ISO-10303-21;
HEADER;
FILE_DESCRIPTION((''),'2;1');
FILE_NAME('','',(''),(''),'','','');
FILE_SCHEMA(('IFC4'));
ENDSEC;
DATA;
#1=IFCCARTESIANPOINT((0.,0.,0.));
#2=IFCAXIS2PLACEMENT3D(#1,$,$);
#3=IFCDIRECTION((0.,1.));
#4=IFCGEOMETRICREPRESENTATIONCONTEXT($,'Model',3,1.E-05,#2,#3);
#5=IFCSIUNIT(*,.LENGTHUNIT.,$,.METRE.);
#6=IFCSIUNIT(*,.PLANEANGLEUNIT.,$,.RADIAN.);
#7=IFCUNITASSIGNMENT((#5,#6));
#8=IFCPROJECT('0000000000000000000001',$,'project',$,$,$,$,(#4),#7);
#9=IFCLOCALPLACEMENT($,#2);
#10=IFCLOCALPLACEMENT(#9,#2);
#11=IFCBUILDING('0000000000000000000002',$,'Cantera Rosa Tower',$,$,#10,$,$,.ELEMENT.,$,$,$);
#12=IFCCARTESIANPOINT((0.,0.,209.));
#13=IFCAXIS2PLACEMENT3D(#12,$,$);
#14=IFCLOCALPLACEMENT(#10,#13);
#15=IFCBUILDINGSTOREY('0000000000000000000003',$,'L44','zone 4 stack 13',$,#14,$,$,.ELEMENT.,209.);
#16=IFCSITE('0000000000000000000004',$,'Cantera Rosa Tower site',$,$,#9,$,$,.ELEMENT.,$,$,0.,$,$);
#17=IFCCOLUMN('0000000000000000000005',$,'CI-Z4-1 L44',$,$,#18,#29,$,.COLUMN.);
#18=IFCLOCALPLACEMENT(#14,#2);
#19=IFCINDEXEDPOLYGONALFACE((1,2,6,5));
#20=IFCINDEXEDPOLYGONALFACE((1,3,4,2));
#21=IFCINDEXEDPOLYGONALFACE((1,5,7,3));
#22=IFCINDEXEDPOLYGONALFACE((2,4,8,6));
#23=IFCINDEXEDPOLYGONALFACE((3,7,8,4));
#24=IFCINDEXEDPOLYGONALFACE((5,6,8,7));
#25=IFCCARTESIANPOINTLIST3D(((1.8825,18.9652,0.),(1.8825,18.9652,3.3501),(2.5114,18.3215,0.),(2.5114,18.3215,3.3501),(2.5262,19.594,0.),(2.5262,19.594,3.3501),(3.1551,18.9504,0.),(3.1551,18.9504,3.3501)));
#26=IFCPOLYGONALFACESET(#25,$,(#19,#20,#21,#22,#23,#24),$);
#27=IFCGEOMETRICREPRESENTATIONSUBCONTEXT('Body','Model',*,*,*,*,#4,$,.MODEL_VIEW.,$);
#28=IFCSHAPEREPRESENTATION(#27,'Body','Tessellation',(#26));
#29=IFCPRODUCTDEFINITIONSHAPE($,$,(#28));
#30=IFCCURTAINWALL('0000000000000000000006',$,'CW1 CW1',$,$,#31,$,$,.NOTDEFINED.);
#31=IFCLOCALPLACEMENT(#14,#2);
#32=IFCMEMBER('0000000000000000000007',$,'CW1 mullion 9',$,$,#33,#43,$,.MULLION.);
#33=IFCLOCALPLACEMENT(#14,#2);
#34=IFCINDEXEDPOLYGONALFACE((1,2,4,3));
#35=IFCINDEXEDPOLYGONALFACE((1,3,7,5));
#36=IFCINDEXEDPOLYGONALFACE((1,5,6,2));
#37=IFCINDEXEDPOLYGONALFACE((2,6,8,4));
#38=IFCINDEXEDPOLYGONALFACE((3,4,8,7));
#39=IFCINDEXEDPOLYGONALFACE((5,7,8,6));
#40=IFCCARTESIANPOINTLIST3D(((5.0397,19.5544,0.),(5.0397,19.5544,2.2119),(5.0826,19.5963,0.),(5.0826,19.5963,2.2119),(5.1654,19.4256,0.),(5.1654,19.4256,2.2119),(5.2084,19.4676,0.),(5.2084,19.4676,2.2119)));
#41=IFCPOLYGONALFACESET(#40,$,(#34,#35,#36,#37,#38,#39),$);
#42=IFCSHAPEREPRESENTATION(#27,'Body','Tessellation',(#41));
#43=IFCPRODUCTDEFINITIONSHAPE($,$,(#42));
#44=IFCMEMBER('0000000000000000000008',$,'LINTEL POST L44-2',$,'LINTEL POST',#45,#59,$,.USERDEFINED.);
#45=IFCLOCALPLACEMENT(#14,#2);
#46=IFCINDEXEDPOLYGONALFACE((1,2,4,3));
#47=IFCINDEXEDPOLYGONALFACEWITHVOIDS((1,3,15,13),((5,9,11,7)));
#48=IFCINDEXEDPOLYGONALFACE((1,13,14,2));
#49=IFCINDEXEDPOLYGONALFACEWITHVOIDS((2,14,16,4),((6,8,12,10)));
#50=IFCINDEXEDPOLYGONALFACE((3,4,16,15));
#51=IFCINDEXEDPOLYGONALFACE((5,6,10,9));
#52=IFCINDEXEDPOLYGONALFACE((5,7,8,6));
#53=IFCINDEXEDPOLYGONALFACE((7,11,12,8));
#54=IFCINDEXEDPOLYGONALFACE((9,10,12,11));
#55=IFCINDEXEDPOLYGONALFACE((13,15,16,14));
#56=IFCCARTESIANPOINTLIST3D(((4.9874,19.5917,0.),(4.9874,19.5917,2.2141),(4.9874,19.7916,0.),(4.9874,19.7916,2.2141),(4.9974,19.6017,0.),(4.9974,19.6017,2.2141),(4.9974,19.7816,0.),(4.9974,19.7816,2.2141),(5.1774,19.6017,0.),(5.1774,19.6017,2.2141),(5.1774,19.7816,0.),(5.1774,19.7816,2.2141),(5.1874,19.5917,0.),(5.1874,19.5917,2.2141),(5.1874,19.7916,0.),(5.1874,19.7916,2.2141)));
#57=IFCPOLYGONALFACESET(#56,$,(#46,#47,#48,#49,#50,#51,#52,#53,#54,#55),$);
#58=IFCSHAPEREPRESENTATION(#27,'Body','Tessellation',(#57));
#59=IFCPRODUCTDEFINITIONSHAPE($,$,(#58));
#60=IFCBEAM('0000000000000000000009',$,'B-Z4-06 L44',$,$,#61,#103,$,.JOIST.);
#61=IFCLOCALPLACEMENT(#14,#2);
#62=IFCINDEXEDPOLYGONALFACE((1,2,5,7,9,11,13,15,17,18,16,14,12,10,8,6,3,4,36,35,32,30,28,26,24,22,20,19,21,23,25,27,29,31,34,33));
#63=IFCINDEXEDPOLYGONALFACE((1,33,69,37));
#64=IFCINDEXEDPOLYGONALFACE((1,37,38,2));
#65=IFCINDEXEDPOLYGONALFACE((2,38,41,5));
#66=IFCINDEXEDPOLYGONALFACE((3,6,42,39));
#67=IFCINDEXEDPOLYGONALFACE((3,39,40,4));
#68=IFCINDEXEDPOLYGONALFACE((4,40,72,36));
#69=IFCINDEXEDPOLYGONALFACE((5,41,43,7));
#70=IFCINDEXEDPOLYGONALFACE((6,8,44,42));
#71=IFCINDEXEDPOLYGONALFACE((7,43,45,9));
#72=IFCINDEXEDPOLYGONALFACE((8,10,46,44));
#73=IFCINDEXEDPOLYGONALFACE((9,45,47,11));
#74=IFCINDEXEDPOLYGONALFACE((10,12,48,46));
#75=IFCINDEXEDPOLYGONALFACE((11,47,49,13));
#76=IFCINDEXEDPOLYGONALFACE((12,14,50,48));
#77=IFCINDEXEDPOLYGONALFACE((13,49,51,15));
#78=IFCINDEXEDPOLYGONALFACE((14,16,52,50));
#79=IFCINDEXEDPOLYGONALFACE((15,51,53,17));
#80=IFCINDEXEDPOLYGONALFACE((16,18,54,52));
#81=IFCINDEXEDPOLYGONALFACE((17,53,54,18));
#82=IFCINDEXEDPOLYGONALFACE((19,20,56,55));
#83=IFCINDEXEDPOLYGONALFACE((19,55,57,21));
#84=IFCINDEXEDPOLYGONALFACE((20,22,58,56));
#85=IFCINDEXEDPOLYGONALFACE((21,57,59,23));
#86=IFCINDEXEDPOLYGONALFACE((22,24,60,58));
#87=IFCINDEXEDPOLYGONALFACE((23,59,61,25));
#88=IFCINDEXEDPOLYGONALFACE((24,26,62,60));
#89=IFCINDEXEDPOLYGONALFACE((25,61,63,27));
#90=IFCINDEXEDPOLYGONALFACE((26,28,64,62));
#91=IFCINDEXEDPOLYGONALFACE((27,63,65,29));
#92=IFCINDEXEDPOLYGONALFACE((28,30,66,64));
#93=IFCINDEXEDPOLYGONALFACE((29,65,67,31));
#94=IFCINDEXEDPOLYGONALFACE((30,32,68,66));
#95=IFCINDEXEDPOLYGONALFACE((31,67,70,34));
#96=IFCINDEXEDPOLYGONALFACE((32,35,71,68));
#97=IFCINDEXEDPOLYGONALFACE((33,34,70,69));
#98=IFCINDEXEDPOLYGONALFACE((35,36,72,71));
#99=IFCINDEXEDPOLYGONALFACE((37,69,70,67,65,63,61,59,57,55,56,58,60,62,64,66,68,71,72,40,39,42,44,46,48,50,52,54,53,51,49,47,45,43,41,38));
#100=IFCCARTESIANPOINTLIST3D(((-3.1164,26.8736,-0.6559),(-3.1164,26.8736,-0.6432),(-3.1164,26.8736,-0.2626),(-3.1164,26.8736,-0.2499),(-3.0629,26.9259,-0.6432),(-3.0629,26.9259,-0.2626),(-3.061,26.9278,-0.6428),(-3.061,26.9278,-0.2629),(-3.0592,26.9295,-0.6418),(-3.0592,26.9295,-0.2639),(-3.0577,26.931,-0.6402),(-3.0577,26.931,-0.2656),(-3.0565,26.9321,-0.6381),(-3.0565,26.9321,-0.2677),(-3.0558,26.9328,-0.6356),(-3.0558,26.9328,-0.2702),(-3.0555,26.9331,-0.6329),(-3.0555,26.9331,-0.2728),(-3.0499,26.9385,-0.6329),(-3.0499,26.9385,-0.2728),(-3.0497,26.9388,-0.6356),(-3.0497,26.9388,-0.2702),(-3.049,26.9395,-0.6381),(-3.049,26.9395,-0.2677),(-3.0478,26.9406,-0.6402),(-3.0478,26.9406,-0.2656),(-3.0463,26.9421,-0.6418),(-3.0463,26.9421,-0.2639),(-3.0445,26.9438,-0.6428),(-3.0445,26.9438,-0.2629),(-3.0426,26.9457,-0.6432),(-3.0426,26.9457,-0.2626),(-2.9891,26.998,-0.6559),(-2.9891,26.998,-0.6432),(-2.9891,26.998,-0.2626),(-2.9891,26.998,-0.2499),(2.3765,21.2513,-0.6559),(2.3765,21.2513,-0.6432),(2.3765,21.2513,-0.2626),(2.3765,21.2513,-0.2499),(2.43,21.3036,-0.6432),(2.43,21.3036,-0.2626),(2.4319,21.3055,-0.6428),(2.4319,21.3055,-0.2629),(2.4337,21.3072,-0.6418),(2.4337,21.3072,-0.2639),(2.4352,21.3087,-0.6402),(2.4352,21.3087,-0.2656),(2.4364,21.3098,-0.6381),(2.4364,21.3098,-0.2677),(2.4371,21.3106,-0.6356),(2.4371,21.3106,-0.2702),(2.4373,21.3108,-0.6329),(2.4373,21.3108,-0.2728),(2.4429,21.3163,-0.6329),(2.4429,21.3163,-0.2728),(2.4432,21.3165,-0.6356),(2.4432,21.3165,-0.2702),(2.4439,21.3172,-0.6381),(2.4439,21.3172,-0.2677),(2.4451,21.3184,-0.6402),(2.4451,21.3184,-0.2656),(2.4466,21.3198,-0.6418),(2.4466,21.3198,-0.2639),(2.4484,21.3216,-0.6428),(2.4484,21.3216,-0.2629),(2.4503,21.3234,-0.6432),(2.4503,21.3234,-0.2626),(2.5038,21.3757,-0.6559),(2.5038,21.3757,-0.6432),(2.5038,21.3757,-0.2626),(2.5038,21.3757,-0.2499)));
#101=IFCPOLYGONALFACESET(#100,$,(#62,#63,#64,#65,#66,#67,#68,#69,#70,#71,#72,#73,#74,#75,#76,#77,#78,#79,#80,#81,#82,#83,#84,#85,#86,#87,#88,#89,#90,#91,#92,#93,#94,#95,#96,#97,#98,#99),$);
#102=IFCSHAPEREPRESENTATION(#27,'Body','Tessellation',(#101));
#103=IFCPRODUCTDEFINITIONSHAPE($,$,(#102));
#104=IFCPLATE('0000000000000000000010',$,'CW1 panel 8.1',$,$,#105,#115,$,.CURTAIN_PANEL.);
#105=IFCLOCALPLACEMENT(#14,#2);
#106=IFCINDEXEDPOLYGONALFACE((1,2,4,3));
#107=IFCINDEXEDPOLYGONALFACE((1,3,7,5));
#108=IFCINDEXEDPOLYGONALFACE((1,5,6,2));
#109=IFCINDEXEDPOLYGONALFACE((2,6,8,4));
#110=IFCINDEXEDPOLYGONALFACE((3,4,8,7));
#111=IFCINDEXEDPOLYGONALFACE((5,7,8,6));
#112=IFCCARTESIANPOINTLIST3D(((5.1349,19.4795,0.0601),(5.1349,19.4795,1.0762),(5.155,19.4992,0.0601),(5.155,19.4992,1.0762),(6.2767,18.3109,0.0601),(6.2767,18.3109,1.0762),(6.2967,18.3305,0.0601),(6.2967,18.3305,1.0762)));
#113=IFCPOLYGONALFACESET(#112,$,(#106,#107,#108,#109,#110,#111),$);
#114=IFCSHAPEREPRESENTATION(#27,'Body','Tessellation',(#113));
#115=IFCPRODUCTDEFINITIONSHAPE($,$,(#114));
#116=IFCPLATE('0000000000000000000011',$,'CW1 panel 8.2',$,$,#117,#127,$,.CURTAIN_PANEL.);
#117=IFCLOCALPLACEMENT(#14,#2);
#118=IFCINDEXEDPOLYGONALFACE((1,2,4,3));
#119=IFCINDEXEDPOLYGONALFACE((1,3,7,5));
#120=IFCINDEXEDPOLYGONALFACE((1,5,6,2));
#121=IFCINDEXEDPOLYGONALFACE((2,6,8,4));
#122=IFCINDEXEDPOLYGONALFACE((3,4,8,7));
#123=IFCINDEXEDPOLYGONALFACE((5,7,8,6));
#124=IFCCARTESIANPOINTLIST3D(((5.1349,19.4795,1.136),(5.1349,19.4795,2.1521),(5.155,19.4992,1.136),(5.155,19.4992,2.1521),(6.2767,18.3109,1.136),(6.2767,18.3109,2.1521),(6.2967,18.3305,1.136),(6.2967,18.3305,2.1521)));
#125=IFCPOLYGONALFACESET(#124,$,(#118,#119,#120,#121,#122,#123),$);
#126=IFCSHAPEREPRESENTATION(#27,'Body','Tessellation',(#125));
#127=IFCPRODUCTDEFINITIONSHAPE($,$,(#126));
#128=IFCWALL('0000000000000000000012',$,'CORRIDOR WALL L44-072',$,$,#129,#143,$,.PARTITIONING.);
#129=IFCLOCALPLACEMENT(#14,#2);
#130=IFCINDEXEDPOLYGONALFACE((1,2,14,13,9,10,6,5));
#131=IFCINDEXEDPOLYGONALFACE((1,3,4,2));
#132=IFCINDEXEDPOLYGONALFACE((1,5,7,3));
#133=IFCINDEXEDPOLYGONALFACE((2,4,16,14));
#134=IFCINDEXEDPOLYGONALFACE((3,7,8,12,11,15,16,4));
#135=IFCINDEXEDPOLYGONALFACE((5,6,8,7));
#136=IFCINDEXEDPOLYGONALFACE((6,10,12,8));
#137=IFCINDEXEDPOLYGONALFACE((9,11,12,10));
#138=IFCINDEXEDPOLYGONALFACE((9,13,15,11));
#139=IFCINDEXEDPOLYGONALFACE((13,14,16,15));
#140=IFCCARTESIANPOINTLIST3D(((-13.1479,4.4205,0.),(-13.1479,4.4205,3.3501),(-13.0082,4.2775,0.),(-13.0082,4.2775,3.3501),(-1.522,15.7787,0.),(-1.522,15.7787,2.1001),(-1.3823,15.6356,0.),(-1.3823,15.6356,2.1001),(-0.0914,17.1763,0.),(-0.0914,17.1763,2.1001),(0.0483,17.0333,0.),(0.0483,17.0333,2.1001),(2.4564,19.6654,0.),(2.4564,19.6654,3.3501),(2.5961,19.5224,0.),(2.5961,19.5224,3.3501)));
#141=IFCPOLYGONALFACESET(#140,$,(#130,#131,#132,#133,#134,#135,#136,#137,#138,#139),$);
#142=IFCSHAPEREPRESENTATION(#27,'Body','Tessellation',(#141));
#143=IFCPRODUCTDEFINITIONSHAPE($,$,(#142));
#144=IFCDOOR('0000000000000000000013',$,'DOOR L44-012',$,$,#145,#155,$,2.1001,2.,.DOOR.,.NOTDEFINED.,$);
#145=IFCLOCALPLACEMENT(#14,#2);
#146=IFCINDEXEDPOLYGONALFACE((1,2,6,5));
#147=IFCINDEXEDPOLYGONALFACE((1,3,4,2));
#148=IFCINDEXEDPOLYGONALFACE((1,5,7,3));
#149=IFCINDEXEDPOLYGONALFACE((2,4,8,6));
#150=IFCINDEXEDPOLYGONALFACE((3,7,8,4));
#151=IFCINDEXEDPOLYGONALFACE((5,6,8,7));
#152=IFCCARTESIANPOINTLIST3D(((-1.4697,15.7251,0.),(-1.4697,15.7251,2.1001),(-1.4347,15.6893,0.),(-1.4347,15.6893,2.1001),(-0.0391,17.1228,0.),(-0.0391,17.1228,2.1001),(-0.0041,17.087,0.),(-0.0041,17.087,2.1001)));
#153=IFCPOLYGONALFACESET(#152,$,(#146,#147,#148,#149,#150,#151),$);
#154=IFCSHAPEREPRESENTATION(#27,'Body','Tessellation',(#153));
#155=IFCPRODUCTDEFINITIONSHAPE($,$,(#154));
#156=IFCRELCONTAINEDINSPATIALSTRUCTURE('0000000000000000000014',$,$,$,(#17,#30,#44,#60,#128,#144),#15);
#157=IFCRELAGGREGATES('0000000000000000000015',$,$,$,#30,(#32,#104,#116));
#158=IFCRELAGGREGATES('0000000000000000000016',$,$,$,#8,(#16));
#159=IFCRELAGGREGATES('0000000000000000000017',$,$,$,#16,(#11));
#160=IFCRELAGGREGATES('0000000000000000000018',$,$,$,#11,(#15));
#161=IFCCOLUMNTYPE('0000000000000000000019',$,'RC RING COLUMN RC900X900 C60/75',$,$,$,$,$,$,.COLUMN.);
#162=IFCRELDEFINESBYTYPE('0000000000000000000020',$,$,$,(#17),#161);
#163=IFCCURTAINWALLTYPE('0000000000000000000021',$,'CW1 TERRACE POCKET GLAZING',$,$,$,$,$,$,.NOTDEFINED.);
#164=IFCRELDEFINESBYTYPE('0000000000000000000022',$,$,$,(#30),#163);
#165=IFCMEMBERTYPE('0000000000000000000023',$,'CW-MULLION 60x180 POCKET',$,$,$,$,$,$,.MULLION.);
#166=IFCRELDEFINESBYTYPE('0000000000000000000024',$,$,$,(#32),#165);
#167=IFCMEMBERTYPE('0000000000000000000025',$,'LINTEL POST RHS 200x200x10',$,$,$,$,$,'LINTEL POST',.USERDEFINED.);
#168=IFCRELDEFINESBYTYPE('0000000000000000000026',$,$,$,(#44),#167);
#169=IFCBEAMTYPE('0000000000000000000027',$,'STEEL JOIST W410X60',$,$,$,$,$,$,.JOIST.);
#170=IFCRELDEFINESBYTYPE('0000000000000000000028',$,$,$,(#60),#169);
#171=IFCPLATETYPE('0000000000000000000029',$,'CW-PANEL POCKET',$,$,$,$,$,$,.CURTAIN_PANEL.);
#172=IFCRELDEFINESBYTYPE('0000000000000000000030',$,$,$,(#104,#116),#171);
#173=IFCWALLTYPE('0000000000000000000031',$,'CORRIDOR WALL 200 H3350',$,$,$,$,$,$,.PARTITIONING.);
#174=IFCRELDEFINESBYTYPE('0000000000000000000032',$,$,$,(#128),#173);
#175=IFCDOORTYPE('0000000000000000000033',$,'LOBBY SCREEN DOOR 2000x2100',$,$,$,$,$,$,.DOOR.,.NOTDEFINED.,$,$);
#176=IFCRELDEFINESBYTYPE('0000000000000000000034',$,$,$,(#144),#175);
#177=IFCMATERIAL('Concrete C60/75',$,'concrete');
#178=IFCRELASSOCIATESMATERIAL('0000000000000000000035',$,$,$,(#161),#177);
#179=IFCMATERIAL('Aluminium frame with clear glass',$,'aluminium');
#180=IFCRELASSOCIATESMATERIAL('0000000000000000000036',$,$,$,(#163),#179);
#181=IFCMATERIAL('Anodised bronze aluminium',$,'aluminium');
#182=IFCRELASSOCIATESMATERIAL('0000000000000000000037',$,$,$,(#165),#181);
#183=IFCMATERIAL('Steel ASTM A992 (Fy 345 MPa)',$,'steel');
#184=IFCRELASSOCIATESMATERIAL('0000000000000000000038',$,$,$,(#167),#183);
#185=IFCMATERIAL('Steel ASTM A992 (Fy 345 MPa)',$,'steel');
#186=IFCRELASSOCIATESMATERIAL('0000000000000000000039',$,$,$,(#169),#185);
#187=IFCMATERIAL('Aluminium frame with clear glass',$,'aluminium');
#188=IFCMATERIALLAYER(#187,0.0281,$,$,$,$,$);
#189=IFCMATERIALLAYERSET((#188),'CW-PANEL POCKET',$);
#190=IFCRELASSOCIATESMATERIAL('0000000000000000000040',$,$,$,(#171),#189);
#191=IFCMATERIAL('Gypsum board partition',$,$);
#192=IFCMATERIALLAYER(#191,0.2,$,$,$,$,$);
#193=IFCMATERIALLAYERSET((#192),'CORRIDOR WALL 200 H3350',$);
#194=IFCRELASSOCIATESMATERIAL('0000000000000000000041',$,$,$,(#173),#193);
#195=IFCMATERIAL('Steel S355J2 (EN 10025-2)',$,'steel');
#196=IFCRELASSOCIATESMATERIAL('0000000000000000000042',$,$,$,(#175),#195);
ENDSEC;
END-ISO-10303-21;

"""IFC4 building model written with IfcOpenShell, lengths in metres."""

from ifc_helpers import new_model, si_unit, direction, frame, frame_2d, origin, origin_2d, place, context, subcontext, project, spatial, rectangle, hollow_rectangle, i_section, extrude, material, layer, layer_set, material_profile, profile_set, type_object, element, fill, aggregate, save


model = new_model("IFC4")

# Units and contexts
model_context = context("Model", 3, precision=1e-05, world=origin(), true_north=direction((0.0, 1.0)))
body_context = subcontext(model_context, "Body", "Model", "MODEL_VIEW")
ifc_project = project(units=[si_unit("LENGTHUNIT", "METRE"), si_unit("PLANEANGLEUNIT", "RADIAN")], contexts=[model_context])

# Site, building, storey
site_placement = place(None, origin())
site = spatial("IfcSite", under=ifc_project, at=site_placement, Name="Cantera Rosa Tower site", CompositionType="ELEMENT", RefElevation=0.0)
building_placement = place(site_placement, origin())
building = spatial("IfcBuilding", under=site, at=building_placement, Name="Cantera Rosa Tower", CompositionType="ELEMENT")
storey_placement = place(building_placement, frame((0.0, 0.0, 209.0)))
storey = spatial("IfcBuildingStorey", under=building, at=storey_placement, Name="L44", Description="zone 4 stack 13", CompositionType="ELEMENT", Elevation=209.0)

# Column
ifc_material_1 = material(Name="Concrete C60/75", Category="concrete")
ifc_material_profile_1 = material_profile(ifc_material_1, rectangle(XDim=0.8999, YDim=0.8999, at=origin_2d()), Name="RC RING COLUMN RC900X900 C60/75")
ifc_profile_set_1 = profile_set([ifc_material_profile_1], Name="Concrete C60/75")
column_type = type_object("IfcColumnType", Name="RC RING COLUMN RC900X900 C60/75", PredefinedType="COLUMN", material=ifc_profile_set_1)
column_placement = place(storey_placement, frame((2.5188, 18.9578, 0.0), z_axis=(0.0, 0.0, 1.0), x_axis=(0.715286, 0.698832, 0.0)))
element("IfcColumn", 1, at=column_placement, inside=storey, type_object=column_type, Name="CI-Z4-1 L44", PredefinedType="COLUMN", context=body_context, shape_type="SweptSolid", body=[
    extrude(rectangle(XDim=0.8999, YDim=0.8999, at=origin_2d()), origin(), (0.0, 0.0, 1.0), 3.3501),
])

# Curtain wall, member
ifc_material_2 = material(Name="Aluminium frame with clear glass", Category="aluminium")
curtain_wall_type = type_object("IfcCurtainWallType", Name="CW1 TERRACE POCKET GLAZING", PredefinedType="NOTDEFINED", material=ifc_material_2)
curtain_wall_placement = place(storey_placement, origin())
curtain_wall = element("IfcCurtainWall", 2, at=curtain_wall_placement, inside=storey, type_object=curtain_wall_type, Name="CW1 CW1", PredefinedType="NOTDEFINED")
ifc_material_3 = material(Name="Anodised bronze aluminium", Category="aluminium")
ifc_material_profile_2 = material_profile(ifc_material_3, rectangle(XDim=0.0601, YDim=0.1799, at=origin_2d()), Name="CW-MULLION 60x180 POCKET")
ifc_profile_set_2 = profile_set([ifc_material_profile_2], Name="Anodised bronze aluminium")
member_type_1 = type_object("IfcMemberType", Name="CW-MULLION 60x180 POCKET", PredefinedType="MULLION", material=ifc_profile_set_2)
member_1_placement = place(storey_placement, frame((5.124, 19.511, 0.0), z_axis=(0.0, 0.0, 1.0), x_axis=(-0.715286, -0.698832, 0.0)))
member_1 = element("IfcMember", 3, at=member_1_placement, type_object=member_type_1, Name="CW1 mullion 9", PredefinedType="MULLION", context=body_context, shape_type="SweptSolid", body=[
    extrude(rectangle(XDim=0.0601, YDim=0.1799, at=origin_2d()), origin(), (0.0, 0.0, 1.0), 2.2119),
])

# Member
ifc_material_4 = material(Name="Steel ASTM A992 (Fy 345 MPa)", Category="steel")
ifc_material_profile_3 = material_profile(ifc_material_4, hollow_rectangle(XDim=0.2, YDim=0.2, WallThickness=0.01, at=origin_2d()), Name="LINTEL POST RHS 200x200x10")
ifc_profile_set_3 = profile_set([ifc_material_profile_3], Name="Steel ASTM A992 (Fy 345 MPa)")
member_type_2 = type_object("IfcMemberType", Name="LINTEL POST RHS 200x200x10", ElementType="LINTEL POST", PredefinedType="USERDEFINED", material=ifc_profile_set_3)
member_2_placement = place(storey_placement, frame((5.0874, 19.6917, 0.0), z_axis=(0.0, 0.0, 1.0), x_axis=(1.0, 0.0, 0.0)))
element("IfcMember", 4, at=member_2_placement, inside=storey, type_object=member_type_2, Name="LINTEL POST L44-2", ObjectType="LINTEL POST", PredefinedType="USERDEFINED", context=body_context, shape_type="SweptSolid", body=[
    extrude(hollow_rectangle(XDim=0.2, YDim=0.2, WallThickness=0.01, at=origin_2d()), origin(), (0.0, 0.0, 1.0), 2.2141),
])

# Beam
ifc_material_5 = material(Name="Steel ASTM A992 (Fy 345 MPa)", Category="steel")
ifc_material_profile_4 = material_profile(ifc_material_5, i_section(OverallWidth=0.178, OverallDepth=0.406, WebThickness=0.0078, FlangeThickness=0.0127, FilletRadius=0.0103, at=origin_2d()), Name="W410X60")
ifc_profile_set_4 = profile_set([ifc_material_profile_4], Name="Steel ASTM A992 (Fy 345 MPa)")
beam_type = type_object("IfcBeamType", Name="STEEL JOIST W410X60", PredefinedType="JOIST", material=ifc_profile_set_4)
beam_placement = place(storey_placement, frame((-3.0527, 26.9358, -0.4529), z_axis=(0.698828, -0.71529, 0.0), x_axis=(0.71529, 0.698828, 0.0)))
element("IfcBeam", 5, at=beam_placement, inside=storey, type_object=beam_type, Name="B-Z4-06 L44", PredefinedType="JOIST", context=body_context, shape_type="SweptSolid", body=[
    extrude(i_section(OverallWidth=0.178, OverallDepth=0.406, WebThickness=0.0078, FlangeThickness=0.0127, FilletRadius=0.0103, at=origin_2d()), origin(), (0.0, 0.0, 1.0), 7.8601),
])

# Plates
ifc_material_6 = material(Name="Aluminium frame with clear glass", Category="aluminium")
ifc_layer_1 = layer(ifc_material_6, 0.0281)
ifc_layer_set_1 = layer_set([ifc_layer_1], Name="CW-PANEL POCKET")
plate_type = type_object("IfcPlateType", Name="CW-PANEL POCKET", PredefinedType="CURTAIN_PANEL", material=ifc_layer_set_1)
plate_1_placement = place(storey_placement, frame((5.7158, 18.905, 0.0601), z_axis=(0.0, 0.0, 1.0), x_axis=(-0.698832, 0.715286, 0.0)))
plate_1 = element("IfcPlate", 6, at=plate_1_placement, type_object=plate_type, Name="CW1 panel 8.1", PredefinedType="CURTAIN_PANEL", context=body_context, shape_type="SweptSolid", body=[
    extrude(rectangle(XDim=1.6338, YDim=0.0281, at=origin_2d()), origin(), (0.0, 0.0, 1.0), 1.0161),
])
plate_2_placement = place(storey_placement, frame((5.7158, 18.905, 1.136), z_axis=(0.0, 0.0, 1.0), x_axis=(-0.698832, 0.715286, 0.0)))
plate_2 = element("IfcPlate", 7, at=plate_2_placement, type_object=plate_type, Name="CW1 panel 8.2", PredefinedType="CURTAIN_PANEL", context=body_context, shape_type="SweptSolid", body=[
    extrude(rectangle(XDim=1.6338, YDim=0.0281, at=origin_2d()), origin(), (0.0, 0.0, 1.0), 1.0161),
])
aggregate(curtain_wall, [member_1, plate_1, plate_2])

# Wall, opening, door
ifc_material_7 = material(Name="Gypsum board partition")
ifc_layer_2 = layer(ifc_material_7, 0.2)
ifc_layer_set_2 = layer_set([ifc_layer_2], Name="CORRIDOR WALL 200 H3350")
wall_type_1 = type_object("IfcWallType", Name="CORRIDOR WALL 200 H3350", PredefinedType="PARTITIONING", material=ifc_layer_set_2)
wall_1_placement = place(storey_placement, frame((2.5264, 19.594, 0.0), z_axis=(0.0, 0.0, 1.0), x_axis=(-0.715296, -0.698822, 0.0)))
wall_1 = element("IfcWall", 8, at=wall_1_placement, inside=storey, type_object=wall_type_1, Name="CORRIDOR WALL L44-072", PredefinedType="PARTITIONING", context=body_context, shape_type="SweptSolid", body=[
    extrude(rectangle(XDim=21.8152, YDim=0.2, at=frame_2d((10.9077, 0.0))), origin(), (0.0, 0.0, 1.0), 3.3501),
])
opening_1_placement = place(wall_1_placement, frame((3.562, 0.0, 0.0)))
opening_1 = element("IfcOpeningElement", 9, at=opening_1_placement, cuts=wall_1, PredefinedType="OPENING", context=body_context, shape_type="SweptSolid", body=[
    extrude(rectangle(XDim=2.0, YDim=2.1001, at=frame_2d((1.0, 1.05))), frame((0.0, 0.1099, 0.0), z_axis=(0.0, -1.0, 0.0), x_axis=(1.0, 0.0, 0.0)), (0.0, 0.0, 1.0), 0.22),
])
ifc_material_8 = material(Name="Steel S355J2 (EN 10025-2)", Category="steel")
door_type_1 = type_object("IfcDoorType", Name="LOBBY SCREEN DOOR 2000x2100", OperationType="NOTDEFINED", PredefinedType="DOOR", material=ifc_material_8)
door_1_placement = place(opening_1_placement, origin())
door_1 = element("IfcDoor", 10, at=door_1_placement, inside=storey, type_object=door_type_1, Name="DOOR L44-012", OperationType="NOTDEFINED", OverallHeight=2.1001, OverallWidth=2.0, PredefinedType="DOOR", context=body_context, shape_type="SweptSolid", body=[
    extrude(rectangle(XDim=2.0, YDim=2.1001, at=frame_2d((1.0, 1.05))), frame((0.0, 0.0249, 0.0), z_axis=(0.0, -1.0, 0.0), x_axis=(1.0, 0.0, 0.0)), (0.0, 0.0, 1.0), 0.05),
])
fill(opening_1, door_1)

save(model, "model.ifc")
